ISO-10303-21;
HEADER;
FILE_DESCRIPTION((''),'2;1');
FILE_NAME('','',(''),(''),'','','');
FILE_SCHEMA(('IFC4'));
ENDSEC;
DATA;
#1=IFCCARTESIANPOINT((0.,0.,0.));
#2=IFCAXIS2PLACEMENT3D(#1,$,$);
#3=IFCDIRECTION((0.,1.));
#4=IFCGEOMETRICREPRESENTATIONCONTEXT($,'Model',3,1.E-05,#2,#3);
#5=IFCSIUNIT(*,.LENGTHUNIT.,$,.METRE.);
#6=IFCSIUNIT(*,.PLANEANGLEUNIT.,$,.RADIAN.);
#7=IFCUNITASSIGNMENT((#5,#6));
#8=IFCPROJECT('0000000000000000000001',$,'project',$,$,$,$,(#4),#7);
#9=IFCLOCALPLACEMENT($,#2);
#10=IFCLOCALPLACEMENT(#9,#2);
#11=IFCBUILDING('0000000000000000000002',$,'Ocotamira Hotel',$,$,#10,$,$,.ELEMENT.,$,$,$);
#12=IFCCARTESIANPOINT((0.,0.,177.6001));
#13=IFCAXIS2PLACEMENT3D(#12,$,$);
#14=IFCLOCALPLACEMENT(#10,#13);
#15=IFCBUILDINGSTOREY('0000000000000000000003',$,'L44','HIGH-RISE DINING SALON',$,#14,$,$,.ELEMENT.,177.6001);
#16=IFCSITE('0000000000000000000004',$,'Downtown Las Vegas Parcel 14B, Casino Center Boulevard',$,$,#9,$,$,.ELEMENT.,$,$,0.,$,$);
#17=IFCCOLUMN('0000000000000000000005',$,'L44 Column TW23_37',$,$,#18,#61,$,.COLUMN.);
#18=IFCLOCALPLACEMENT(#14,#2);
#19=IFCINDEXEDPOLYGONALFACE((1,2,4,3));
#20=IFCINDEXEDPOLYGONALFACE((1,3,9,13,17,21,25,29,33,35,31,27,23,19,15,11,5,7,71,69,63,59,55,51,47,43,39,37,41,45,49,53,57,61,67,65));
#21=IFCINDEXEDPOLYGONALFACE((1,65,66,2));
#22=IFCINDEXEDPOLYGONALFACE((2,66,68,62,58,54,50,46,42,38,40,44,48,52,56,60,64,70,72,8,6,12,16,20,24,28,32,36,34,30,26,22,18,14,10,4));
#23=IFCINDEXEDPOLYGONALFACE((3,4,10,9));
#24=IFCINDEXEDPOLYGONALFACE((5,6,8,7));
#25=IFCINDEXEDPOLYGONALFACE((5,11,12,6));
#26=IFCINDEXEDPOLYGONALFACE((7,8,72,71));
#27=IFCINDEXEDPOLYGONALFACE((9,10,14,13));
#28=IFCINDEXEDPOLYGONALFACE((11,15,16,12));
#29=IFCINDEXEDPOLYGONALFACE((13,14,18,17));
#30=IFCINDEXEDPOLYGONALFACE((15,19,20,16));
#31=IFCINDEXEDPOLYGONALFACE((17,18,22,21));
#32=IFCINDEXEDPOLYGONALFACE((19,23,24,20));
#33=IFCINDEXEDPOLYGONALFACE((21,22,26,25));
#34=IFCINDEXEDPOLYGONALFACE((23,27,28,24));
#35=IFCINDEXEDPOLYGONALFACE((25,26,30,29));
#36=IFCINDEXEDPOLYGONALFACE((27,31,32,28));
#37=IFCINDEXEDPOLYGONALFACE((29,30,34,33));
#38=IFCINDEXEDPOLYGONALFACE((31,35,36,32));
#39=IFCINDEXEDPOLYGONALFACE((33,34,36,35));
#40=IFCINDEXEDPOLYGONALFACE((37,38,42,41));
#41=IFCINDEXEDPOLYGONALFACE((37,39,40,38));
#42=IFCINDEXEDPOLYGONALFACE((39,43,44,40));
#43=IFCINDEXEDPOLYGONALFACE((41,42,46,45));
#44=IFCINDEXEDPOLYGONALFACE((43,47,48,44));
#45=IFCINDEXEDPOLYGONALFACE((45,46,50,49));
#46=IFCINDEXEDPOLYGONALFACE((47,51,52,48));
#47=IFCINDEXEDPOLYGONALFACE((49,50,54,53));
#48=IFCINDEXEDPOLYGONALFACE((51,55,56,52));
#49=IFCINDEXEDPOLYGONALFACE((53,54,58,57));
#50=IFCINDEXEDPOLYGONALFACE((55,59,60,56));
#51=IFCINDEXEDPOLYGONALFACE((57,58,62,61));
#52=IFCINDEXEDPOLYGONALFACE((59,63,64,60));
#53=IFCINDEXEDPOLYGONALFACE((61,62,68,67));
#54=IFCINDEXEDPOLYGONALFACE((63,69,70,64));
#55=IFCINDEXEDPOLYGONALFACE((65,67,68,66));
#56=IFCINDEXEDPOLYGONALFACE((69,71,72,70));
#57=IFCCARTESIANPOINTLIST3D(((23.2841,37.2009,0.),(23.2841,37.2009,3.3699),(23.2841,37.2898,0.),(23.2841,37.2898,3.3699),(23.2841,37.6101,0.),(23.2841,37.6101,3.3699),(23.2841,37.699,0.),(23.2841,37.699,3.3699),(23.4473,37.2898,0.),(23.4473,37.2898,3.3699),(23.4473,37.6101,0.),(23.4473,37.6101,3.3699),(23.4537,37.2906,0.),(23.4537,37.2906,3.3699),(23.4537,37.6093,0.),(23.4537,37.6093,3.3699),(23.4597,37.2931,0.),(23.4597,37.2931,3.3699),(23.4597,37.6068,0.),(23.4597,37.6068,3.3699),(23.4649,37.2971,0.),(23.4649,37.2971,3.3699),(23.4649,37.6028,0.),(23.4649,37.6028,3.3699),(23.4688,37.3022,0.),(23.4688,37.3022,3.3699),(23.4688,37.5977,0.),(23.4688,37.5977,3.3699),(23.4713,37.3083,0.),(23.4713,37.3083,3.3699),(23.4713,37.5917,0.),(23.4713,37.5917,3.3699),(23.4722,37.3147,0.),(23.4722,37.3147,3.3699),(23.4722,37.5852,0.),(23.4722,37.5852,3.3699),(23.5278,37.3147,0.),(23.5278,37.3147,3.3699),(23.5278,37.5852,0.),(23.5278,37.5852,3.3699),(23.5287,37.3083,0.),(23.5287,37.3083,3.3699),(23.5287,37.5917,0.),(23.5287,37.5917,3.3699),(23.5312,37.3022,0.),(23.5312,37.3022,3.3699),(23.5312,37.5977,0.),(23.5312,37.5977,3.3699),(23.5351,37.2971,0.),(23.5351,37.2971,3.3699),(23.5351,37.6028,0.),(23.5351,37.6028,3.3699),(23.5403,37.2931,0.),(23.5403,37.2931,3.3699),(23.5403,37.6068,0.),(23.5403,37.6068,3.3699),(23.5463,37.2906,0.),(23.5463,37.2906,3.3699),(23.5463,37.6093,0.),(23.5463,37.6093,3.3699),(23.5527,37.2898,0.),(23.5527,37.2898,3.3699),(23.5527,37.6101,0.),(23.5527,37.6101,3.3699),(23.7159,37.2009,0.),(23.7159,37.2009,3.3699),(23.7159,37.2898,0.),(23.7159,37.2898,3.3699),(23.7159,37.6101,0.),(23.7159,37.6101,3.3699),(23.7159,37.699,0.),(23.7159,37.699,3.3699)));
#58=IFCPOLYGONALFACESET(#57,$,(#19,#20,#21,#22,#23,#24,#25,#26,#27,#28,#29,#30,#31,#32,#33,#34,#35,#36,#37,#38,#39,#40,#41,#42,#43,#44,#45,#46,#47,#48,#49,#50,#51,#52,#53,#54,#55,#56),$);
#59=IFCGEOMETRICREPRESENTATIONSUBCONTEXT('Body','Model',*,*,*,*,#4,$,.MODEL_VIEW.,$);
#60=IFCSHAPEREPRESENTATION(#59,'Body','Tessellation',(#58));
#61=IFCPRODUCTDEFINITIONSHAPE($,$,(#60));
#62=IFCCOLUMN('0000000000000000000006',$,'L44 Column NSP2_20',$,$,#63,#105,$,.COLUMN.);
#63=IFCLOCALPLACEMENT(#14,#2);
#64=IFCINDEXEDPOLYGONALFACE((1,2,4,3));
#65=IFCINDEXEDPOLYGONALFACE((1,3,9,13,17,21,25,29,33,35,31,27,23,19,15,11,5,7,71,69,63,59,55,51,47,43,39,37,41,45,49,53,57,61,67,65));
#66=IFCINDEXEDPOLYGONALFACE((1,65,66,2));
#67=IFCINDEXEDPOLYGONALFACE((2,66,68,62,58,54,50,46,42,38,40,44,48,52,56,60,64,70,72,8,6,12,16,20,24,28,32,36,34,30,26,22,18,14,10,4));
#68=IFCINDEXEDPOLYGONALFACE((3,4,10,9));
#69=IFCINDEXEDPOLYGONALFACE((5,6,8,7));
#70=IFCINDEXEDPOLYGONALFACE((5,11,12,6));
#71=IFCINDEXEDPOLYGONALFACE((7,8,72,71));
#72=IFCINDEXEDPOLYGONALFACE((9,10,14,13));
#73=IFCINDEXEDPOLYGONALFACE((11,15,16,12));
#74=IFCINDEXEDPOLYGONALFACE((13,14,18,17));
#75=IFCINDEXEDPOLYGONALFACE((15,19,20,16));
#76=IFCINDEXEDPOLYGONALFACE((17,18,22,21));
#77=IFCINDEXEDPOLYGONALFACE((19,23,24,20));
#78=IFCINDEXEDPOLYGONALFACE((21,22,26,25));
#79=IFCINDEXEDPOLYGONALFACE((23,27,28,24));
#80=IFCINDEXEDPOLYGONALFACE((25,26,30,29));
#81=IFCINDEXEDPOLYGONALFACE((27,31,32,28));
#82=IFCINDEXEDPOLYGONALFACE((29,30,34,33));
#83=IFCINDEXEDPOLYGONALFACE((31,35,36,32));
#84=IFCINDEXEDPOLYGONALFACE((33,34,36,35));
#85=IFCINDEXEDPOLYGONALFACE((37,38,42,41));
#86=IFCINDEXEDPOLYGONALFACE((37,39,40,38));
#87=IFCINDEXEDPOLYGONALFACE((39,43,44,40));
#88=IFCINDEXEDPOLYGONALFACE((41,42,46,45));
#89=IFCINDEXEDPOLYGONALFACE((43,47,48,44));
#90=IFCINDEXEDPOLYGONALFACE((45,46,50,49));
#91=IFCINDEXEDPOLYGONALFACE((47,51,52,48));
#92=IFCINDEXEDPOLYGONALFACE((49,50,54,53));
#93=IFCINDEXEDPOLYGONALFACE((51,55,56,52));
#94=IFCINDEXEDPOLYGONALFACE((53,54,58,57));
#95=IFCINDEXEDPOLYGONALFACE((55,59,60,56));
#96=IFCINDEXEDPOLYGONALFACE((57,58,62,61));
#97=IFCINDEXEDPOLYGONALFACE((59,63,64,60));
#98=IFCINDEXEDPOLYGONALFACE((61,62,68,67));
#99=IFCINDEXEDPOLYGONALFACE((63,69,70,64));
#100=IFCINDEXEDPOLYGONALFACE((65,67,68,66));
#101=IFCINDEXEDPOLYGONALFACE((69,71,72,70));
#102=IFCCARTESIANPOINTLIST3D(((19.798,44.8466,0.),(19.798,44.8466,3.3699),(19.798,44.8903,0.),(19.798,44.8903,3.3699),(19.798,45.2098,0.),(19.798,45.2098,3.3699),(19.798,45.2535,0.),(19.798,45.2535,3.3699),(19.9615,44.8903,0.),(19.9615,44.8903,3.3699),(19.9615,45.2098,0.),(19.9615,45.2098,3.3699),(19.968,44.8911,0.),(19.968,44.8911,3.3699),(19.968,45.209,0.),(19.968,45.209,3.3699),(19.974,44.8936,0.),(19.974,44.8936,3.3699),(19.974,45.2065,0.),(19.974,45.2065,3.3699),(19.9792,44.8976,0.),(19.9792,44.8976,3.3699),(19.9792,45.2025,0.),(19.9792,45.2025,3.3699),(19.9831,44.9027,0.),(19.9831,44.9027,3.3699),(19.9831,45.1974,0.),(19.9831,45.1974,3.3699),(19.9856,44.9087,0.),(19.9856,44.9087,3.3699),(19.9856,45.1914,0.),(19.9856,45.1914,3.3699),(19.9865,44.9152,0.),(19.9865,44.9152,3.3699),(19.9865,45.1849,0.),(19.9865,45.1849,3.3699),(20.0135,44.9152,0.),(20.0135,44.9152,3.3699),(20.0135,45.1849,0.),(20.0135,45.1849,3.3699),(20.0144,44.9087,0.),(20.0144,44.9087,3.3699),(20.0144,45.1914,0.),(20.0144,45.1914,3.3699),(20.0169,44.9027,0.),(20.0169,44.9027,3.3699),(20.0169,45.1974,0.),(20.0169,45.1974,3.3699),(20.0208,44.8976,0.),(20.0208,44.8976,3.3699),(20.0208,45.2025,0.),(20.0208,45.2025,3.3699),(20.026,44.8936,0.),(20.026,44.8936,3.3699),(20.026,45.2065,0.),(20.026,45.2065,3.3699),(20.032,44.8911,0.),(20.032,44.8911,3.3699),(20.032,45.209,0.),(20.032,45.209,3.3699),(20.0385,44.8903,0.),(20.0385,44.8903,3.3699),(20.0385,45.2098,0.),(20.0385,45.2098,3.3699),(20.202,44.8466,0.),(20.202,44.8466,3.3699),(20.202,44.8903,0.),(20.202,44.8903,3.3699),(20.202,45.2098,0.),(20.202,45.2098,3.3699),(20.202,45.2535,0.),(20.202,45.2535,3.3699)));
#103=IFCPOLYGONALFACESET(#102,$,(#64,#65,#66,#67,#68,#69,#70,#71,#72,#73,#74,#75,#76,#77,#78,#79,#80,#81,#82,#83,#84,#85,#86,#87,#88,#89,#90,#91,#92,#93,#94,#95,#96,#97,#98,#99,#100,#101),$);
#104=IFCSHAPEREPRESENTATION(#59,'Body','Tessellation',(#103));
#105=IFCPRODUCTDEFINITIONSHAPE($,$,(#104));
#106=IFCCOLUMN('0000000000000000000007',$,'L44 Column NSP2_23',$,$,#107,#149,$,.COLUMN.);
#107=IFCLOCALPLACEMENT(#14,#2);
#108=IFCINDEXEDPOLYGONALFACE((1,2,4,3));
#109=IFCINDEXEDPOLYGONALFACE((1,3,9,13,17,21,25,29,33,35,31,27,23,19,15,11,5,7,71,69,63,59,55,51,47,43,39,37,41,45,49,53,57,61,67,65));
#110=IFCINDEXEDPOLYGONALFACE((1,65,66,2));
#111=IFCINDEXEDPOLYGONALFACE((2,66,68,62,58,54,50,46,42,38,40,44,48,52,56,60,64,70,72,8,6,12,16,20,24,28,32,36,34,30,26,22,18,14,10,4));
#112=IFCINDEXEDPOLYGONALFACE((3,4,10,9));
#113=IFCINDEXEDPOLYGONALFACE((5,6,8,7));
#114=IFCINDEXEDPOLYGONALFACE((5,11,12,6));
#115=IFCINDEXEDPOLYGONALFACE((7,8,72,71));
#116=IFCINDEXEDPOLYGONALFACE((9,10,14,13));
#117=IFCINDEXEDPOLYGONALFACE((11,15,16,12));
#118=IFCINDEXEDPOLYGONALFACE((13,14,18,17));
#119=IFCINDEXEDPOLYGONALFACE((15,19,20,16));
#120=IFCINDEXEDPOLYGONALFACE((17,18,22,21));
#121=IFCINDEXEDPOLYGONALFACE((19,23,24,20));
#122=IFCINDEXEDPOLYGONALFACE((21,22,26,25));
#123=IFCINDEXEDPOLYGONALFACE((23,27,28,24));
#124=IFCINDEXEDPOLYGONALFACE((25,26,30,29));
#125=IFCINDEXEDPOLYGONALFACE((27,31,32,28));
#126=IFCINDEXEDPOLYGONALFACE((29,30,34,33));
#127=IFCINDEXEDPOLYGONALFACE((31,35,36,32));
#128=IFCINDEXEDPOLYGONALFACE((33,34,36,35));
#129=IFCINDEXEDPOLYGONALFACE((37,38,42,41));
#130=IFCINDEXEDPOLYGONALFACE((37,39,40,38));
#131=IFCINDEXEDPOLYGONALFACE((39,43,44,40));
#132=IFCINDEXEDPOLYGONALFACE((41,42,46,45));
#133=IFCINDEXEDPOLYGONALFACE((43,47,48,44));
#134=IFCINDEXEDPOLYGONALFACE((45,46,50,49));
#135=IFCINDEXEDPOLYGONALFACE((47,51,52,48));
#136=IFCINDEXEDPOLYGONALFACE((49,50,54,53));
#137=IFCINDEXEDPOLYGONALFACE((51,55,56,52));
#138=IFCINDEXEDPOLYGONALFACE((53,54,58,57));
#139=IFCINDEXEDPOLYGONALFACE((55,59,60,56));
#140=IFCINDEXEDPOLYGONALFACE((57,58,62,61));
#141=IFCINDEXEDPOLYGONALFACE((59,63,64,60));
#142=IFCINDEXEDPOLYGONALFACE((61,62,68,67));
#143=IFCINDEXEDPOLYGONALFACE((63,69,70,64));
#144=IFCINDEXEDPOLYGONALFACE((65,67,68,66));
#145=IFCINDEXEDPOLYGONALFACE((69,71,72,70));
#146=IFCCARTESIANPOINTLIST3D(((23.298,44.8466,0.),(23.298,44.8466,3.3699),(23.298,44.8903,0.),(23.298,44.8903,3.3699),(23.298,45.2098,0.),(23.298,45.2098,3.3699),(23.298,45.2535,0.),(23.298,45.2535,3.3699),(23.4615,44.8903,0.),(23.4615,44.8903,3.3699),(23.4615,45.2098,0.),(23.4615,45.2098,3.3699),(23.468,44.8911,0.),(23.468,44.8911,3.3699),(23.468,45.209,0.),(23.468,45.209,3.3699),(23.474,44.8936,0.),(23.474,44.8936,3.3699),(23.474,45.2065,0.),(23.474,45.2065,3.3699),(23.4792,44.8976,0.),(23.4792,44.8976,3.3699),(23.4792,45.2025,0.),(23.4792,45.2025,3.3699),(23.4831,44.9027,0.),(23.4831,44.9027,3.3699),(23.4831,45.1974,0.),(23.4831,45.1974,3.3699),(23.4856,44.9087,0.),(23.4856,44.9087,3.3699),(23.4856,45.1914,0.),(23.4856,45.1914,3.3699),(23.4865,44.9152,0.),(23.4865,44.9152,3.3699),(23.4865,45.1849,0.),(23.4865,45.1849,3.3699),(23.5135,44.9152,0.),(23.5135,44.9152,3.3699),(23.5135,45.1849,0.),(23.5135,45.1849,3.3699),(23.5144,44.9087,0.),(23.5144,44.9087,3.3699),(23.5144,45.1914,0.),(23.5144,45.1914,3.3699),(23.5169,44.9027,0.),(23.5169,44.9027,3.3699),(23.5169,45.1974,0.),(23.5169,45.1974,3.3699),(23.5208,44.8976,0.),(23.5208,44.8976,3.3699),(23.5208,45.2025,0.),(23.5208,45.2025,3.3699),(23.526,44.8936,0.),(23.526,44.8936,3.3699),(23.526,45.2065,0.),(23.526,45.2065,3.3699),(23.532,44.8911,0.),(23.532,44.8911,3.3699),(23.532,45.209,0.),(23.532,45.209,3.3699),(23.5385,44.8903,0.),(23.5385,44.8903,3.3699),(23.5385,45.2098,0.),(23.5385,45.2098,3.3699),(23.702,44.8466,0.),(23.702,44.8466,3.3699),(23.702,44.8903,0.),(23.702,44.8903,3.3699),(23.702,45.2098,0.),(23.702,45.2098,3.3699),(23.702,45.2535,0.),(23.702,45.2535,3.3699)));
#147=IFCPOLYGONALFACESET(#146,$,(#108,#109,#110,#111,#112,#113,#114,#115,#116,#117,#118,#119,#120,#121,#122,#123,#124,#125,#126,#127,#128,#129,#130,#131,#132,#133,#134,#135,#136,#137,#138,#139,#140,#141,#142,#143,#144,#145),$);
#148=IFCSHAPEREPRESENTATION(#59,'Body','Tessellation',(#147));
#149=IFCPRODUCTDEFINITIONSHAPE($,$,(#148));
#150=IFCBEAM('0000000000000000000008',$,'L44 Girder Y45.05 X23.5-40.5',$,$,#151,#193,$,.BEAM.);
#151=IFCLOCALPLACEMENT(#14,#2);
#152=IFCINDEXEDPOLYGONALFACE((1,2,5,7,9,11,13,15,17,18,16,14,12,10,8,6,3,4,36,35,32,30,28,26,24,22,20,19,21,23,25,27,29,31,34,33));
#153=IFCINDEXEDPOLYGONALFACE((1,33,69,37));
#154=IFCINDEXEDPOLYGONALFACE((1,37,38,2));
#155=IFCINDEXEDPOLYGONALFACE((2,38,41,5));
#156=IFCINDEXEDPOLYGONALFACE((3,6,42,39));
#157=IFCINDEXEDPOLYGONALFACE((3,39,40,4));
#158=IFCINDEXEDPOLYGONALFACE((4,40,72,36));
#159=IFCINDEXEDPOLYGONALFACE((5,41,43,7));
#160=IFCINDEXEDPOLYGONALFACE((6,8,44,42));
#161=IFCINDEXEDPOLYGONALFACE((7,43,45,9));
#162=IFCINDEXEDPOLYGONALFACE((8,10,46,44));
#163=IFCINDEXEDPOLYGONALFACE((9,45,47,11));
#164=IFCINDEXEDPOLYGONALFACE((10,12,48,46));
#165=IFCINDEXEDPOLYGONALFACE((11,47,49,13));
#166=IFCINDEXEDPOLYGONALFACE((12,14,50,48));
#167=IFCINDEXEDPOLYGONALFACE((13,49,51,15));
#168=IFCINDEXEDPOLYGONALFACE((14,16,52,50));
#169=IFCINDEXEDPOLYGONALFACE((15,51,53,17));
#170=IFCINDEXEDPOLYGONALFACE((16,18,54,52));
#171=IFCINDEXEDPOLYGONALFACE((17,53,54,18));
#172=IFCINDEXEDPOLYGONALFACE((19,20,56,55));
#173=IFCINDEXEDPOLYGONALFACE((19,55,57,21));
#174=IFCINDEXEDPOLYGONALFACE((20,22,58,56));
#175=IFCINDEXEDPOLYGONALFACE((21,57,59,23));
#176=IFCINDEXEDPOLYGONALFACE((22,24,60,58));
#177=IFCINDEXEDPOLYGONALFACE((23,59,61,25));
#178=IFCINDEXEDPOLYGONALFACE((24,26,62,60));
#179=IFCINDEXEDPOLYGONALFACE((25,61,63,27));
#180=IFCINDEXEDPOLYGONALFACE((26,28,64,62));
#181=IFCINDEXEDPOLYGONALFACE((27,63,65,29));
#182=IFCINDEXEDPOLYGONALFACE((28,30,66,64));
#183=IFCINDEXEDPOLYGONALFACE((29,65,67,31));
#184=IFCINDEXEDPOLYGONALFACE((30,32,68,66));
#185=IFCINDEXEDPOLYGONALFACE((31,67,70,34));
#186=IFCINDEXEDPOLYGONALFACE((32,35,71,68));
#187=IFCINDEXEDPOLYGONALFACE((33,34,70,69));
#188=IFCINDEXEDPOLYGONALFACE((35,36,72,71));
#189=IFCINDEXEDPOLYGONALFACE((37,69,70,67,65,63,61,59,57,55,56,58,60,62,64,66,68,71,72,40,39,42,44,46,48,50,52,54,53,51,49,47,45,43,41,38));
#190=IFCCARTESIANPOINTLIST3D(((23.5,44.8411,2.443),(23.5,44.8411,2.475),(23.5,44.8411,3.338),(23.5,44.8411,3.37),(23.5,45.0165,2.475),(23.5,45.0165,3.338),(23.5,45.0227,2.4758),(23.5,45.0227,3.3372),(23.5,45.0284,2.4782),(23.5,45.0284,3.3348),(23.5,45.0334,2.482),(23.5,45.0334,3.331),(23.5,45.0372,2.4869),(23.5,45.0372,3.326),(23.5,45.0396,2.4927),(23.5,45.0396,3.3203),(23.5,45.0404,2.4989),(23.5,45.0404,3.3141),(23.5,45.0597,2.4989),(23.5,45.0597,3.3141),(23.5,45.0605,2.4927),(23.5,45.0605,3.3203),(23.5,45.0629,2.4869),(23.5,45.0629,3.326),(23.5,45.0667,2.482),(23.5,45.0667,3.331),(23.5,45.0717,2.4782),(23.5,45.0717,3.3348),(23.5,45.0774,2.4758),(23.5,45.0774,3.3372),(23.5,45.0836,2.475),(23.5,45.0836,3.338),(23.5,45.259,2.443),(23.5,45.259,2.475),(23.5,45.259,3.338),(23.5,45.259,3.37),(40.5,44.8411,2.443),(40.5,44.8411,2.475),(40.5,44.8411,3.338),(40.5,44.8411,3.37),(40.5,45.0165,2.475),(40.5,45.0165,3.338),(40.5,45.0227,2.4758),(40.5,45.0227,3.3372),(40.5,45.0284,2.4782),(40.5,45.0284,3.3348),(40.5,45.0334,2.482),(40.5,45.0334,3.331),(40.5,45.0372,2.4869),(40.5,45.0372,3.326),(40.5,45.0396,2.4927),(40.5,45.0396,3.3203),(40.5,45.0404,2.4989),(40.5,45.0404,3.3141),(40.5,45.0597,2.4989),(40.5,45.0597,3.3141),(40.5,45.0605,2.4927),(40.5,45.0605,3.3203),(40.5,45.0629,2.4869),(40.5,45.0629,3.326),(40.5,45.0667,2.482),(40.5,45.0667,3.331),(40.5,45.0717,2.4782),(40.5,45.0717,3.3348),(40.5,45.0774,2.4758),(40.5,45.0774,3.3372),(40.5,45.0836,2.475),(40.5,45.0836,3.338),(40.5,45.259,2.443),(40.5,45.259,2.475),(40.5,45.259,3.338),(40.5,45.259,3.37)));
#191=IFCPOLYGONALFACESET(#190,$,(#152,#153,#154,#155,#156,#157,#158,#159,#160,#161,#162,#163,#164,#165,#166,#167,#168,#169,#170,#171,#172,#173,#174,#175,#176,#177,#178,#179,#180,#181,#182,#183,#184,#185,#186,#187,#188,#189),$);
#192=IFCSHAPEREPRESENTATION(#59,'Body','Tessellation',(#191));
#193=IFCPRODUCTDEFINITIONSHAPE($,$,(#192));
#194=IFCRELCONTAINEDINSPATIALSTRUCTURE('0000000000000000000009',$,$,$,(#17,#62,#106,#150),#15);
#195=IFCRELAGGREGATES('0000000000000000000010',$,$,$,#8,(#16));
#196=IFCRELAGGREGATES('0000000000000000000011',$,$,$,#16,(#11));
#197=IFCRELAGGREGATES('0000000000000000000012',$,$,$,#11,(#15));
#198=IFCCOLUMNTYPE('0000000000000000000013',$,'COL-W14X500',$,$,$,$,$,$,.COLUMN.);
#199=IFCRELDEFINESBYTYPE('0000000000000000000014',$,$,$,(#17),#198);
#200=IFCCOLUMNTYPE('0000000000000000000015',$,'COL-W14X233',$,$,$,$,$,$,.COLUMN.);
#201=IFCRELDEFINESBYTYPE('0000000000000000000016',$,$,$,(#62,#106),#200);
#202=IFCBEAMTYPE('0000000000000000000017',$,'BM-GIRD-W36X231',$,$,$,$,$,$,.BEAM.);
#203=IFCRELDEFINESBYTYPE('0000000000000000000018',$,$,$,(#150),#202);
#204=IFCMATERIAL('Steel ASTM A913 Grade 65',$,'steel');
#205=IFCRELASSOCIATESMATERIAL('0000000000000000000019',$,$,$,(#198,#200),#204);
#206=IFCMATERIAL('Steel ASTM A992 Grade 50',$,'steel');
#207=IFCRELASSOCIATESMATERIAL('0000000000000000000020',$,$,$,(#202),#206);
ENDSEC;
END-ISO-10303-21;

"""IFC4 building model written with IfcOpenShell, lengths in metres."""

from ifc_helpers import new_model, si_unit, direction, frame, origin, origin_2d, place, context, subcontext, project, spatial, i_section, extrude, source, transform, mapped, material, material_profile, profile_set, type_object, element, save


model = new_model("IFC4")

# Units and contexts
model_context = context("Model", 3, precision=1e-05, world=origin(), true_north=direction((0.0, 1.0)))
body_context = subcontext(model_context, "Body", "Model", "MODEL_VIEW")
ifc_project = project(units=[si_unit("LENGTHUNIT", "METRE"), si_unit("PLANEANGLEUNIT", "RADIAN")], contexts=[model_context])

# Site, building, storey
site_placement = place(None, origin())
site = spatial("IfcSite", under=ifc_project, at=site_placement, Name="Downtown Las Vegas Parcel 14B, Casino Center Boulevard", CompositionType="ELEMENT", RefElevation=0.0)
building_placement = place(site_placement, origin())
building = spatial("IfcBuilding", under=site, at=building_placement, Name="Ocotamira Hotel", CompositionType="ELEMENT")
storey_placement = place(building_placement, frame((0.0, 0.0, 177.6001)))
storey = spatial("IfcBuildingStorey", under=building, at=storey_placement, Name="L44", Description="HIGH-RISE DINING SALON", CompositionType="ELEMENT", Elevation=177.6001)

# Columns
ifc_material_1 = material(Name="Steel ASTM A913 Grade 65", Category="steel")
ifc_material_profile_1 = material_profile(ifc_material_1, i_section(OverallWidth=0.4319, OverallDepth=0.498, WebThickness=0.0557, FlangeThickness=0.0889, FilletRadius=0.0249, at=origin_2d()), Name="W14X500")
ifc_profile_set_1 = profile_set([ifc_material_profile_1], Name="Steel ASTM A913 Grade 65")
column_type_1 = type_object("IfcColumnType", Name="COL-W14X500", PredefinedType="COLUMN", material=ifc_profile_set_1)
shared_shape_1 = source(origin(), body_context, "Body", "SweptSolid", [
    extrude(i_section(OverallWidth=0.4319, OverallDepth=0.498, WebThickness=0.0557, FlangeThickness=0.0889, FilletRadius=0.0249, at=origin_2d()), origin(), (0.0, 0.0, 1.0), 3.3699),
])
column_placement = place(storey_placement, frame((23.5, 37.45, 0.0), z_axis=(0.0, 0.0, 1.0), x_axis=(1.0, 0.0, 0.0)))
element("IfcColumn", 1, at=column_placement, inside=storey, type_object=column_type_1, Name="L44 Column TW23_37", PredefinedType="COLUMN", context=body_context, shape_type="MappedRepresentation", body=[
    mapped(shared_shape_1, transform((0.0, 0.0, 0.0), scale=1.0)),
])
ifc_material_profile_2 = material_profile(ifc_material_1, i_section(OverallWidth=0.4041, OverallDepth=0.407, WebThickness=0.0271, FlangeThickness=0.0437, FilletRadius=0.0249, at=origin_2d()), Name="W14X233")
ifc_profile_set_2 = profile_set([ifc_material_profile_2], Name="Steel ASTM A913 Grade 65")
column_type_2 = type_object("IfcColumnType", Name="COL-W14X233", PredefinedType="COLUMN", material=ifc_profile_set_2)
shared_shape_2 = source(origin(), body_context, "Body", "SweptSolid", [
    extrude(i_section(OverallWidth=0.4041, OverallDepth=0.407, WebThickness=0.0271, FlangeThickness=0.0437, FilletRadius=0.0249, at=origin_2d()), origin(), (0.0, 0.0, 1.0), 3.3699),
])
for number, where, z_axis, x_axis, name in (
    (2, (20.0, 45.05, 0.0), (0.0, 0.0, 1.0), (1.0, 0.0, 0.0), "L44 Column NSP2_20"),
    (3, (23.5, 45.05, 0.0), (0.0, 0.0, 1.0), (1.0, 0.0, 0.0), "L44 Column NSP2_23"),
):
    element("IfcColumn", number, at=place(storey_placement, frame(where, z_axis=z_axis, x_axis=x_axis)), inside=storey, type_object=column_type_2, Name=name, PredefinedType="COLUMN", context=body_context, shape_type="MappedRepresentation", body=[
        mapped(shared_shape_2, transform((0.0, 0.0, 0.0), scale=1.0)),
    ])

# Beam
ifc_material_2 = material(Name="Steel ASTM A992 Grade 50", Category="steel")
ifc_material_profile_3 = material_profile(ifc_material_2, i_section(OverallWidth=0.418, OverallDepth=0.927, WebThickness=0.0193, FlangeThickness=0.032, FilletRadius=0.0239, at=origin_2d()), Name="W36X231")
ifc_profile_set_3 = profile_set([ifc_material_profile_3], Name="Steel ASTM A992 Grade 50")
beam_type_1 = type_object("IfcBeamType", Name="BM-GIRD-W36X231", PredefinedType="BEAM", material=ifc_profile_set_3)
shared_shape_3 = source(origin(), body_context, "Body", "SweptSolid", [
    extrude(i_section(OverallWidth=0.418, OverallDepth=0.927, WebThickness=0.0193, FlangeThickness=0.032, FilletRadius=0.0239, at=origin_2d()), origin(), (0.0, 0.0, 1.0), 17.0),
])
beam_1_placement = place(storey_placement, frame((23.5, 45.05, 2.9065), z_axis=(1.0, 0.0, 0.0), x_axis=(0.0, 1.0, 0.0)))
element("IfcBeam", 4, at=beam_1_placement, inside=storey, type_object=beam_type_1, Name="L44 Girder Y45.05 X23.5-40.5", PredefinedType="BEAM", context=body_context, shape_type="MappedRepresentation", body=[
    mapped(shared_shape_3, transform((0.0, 0.0, 0.0), scale=1.0)),
])

save(model, "model.ifc")
